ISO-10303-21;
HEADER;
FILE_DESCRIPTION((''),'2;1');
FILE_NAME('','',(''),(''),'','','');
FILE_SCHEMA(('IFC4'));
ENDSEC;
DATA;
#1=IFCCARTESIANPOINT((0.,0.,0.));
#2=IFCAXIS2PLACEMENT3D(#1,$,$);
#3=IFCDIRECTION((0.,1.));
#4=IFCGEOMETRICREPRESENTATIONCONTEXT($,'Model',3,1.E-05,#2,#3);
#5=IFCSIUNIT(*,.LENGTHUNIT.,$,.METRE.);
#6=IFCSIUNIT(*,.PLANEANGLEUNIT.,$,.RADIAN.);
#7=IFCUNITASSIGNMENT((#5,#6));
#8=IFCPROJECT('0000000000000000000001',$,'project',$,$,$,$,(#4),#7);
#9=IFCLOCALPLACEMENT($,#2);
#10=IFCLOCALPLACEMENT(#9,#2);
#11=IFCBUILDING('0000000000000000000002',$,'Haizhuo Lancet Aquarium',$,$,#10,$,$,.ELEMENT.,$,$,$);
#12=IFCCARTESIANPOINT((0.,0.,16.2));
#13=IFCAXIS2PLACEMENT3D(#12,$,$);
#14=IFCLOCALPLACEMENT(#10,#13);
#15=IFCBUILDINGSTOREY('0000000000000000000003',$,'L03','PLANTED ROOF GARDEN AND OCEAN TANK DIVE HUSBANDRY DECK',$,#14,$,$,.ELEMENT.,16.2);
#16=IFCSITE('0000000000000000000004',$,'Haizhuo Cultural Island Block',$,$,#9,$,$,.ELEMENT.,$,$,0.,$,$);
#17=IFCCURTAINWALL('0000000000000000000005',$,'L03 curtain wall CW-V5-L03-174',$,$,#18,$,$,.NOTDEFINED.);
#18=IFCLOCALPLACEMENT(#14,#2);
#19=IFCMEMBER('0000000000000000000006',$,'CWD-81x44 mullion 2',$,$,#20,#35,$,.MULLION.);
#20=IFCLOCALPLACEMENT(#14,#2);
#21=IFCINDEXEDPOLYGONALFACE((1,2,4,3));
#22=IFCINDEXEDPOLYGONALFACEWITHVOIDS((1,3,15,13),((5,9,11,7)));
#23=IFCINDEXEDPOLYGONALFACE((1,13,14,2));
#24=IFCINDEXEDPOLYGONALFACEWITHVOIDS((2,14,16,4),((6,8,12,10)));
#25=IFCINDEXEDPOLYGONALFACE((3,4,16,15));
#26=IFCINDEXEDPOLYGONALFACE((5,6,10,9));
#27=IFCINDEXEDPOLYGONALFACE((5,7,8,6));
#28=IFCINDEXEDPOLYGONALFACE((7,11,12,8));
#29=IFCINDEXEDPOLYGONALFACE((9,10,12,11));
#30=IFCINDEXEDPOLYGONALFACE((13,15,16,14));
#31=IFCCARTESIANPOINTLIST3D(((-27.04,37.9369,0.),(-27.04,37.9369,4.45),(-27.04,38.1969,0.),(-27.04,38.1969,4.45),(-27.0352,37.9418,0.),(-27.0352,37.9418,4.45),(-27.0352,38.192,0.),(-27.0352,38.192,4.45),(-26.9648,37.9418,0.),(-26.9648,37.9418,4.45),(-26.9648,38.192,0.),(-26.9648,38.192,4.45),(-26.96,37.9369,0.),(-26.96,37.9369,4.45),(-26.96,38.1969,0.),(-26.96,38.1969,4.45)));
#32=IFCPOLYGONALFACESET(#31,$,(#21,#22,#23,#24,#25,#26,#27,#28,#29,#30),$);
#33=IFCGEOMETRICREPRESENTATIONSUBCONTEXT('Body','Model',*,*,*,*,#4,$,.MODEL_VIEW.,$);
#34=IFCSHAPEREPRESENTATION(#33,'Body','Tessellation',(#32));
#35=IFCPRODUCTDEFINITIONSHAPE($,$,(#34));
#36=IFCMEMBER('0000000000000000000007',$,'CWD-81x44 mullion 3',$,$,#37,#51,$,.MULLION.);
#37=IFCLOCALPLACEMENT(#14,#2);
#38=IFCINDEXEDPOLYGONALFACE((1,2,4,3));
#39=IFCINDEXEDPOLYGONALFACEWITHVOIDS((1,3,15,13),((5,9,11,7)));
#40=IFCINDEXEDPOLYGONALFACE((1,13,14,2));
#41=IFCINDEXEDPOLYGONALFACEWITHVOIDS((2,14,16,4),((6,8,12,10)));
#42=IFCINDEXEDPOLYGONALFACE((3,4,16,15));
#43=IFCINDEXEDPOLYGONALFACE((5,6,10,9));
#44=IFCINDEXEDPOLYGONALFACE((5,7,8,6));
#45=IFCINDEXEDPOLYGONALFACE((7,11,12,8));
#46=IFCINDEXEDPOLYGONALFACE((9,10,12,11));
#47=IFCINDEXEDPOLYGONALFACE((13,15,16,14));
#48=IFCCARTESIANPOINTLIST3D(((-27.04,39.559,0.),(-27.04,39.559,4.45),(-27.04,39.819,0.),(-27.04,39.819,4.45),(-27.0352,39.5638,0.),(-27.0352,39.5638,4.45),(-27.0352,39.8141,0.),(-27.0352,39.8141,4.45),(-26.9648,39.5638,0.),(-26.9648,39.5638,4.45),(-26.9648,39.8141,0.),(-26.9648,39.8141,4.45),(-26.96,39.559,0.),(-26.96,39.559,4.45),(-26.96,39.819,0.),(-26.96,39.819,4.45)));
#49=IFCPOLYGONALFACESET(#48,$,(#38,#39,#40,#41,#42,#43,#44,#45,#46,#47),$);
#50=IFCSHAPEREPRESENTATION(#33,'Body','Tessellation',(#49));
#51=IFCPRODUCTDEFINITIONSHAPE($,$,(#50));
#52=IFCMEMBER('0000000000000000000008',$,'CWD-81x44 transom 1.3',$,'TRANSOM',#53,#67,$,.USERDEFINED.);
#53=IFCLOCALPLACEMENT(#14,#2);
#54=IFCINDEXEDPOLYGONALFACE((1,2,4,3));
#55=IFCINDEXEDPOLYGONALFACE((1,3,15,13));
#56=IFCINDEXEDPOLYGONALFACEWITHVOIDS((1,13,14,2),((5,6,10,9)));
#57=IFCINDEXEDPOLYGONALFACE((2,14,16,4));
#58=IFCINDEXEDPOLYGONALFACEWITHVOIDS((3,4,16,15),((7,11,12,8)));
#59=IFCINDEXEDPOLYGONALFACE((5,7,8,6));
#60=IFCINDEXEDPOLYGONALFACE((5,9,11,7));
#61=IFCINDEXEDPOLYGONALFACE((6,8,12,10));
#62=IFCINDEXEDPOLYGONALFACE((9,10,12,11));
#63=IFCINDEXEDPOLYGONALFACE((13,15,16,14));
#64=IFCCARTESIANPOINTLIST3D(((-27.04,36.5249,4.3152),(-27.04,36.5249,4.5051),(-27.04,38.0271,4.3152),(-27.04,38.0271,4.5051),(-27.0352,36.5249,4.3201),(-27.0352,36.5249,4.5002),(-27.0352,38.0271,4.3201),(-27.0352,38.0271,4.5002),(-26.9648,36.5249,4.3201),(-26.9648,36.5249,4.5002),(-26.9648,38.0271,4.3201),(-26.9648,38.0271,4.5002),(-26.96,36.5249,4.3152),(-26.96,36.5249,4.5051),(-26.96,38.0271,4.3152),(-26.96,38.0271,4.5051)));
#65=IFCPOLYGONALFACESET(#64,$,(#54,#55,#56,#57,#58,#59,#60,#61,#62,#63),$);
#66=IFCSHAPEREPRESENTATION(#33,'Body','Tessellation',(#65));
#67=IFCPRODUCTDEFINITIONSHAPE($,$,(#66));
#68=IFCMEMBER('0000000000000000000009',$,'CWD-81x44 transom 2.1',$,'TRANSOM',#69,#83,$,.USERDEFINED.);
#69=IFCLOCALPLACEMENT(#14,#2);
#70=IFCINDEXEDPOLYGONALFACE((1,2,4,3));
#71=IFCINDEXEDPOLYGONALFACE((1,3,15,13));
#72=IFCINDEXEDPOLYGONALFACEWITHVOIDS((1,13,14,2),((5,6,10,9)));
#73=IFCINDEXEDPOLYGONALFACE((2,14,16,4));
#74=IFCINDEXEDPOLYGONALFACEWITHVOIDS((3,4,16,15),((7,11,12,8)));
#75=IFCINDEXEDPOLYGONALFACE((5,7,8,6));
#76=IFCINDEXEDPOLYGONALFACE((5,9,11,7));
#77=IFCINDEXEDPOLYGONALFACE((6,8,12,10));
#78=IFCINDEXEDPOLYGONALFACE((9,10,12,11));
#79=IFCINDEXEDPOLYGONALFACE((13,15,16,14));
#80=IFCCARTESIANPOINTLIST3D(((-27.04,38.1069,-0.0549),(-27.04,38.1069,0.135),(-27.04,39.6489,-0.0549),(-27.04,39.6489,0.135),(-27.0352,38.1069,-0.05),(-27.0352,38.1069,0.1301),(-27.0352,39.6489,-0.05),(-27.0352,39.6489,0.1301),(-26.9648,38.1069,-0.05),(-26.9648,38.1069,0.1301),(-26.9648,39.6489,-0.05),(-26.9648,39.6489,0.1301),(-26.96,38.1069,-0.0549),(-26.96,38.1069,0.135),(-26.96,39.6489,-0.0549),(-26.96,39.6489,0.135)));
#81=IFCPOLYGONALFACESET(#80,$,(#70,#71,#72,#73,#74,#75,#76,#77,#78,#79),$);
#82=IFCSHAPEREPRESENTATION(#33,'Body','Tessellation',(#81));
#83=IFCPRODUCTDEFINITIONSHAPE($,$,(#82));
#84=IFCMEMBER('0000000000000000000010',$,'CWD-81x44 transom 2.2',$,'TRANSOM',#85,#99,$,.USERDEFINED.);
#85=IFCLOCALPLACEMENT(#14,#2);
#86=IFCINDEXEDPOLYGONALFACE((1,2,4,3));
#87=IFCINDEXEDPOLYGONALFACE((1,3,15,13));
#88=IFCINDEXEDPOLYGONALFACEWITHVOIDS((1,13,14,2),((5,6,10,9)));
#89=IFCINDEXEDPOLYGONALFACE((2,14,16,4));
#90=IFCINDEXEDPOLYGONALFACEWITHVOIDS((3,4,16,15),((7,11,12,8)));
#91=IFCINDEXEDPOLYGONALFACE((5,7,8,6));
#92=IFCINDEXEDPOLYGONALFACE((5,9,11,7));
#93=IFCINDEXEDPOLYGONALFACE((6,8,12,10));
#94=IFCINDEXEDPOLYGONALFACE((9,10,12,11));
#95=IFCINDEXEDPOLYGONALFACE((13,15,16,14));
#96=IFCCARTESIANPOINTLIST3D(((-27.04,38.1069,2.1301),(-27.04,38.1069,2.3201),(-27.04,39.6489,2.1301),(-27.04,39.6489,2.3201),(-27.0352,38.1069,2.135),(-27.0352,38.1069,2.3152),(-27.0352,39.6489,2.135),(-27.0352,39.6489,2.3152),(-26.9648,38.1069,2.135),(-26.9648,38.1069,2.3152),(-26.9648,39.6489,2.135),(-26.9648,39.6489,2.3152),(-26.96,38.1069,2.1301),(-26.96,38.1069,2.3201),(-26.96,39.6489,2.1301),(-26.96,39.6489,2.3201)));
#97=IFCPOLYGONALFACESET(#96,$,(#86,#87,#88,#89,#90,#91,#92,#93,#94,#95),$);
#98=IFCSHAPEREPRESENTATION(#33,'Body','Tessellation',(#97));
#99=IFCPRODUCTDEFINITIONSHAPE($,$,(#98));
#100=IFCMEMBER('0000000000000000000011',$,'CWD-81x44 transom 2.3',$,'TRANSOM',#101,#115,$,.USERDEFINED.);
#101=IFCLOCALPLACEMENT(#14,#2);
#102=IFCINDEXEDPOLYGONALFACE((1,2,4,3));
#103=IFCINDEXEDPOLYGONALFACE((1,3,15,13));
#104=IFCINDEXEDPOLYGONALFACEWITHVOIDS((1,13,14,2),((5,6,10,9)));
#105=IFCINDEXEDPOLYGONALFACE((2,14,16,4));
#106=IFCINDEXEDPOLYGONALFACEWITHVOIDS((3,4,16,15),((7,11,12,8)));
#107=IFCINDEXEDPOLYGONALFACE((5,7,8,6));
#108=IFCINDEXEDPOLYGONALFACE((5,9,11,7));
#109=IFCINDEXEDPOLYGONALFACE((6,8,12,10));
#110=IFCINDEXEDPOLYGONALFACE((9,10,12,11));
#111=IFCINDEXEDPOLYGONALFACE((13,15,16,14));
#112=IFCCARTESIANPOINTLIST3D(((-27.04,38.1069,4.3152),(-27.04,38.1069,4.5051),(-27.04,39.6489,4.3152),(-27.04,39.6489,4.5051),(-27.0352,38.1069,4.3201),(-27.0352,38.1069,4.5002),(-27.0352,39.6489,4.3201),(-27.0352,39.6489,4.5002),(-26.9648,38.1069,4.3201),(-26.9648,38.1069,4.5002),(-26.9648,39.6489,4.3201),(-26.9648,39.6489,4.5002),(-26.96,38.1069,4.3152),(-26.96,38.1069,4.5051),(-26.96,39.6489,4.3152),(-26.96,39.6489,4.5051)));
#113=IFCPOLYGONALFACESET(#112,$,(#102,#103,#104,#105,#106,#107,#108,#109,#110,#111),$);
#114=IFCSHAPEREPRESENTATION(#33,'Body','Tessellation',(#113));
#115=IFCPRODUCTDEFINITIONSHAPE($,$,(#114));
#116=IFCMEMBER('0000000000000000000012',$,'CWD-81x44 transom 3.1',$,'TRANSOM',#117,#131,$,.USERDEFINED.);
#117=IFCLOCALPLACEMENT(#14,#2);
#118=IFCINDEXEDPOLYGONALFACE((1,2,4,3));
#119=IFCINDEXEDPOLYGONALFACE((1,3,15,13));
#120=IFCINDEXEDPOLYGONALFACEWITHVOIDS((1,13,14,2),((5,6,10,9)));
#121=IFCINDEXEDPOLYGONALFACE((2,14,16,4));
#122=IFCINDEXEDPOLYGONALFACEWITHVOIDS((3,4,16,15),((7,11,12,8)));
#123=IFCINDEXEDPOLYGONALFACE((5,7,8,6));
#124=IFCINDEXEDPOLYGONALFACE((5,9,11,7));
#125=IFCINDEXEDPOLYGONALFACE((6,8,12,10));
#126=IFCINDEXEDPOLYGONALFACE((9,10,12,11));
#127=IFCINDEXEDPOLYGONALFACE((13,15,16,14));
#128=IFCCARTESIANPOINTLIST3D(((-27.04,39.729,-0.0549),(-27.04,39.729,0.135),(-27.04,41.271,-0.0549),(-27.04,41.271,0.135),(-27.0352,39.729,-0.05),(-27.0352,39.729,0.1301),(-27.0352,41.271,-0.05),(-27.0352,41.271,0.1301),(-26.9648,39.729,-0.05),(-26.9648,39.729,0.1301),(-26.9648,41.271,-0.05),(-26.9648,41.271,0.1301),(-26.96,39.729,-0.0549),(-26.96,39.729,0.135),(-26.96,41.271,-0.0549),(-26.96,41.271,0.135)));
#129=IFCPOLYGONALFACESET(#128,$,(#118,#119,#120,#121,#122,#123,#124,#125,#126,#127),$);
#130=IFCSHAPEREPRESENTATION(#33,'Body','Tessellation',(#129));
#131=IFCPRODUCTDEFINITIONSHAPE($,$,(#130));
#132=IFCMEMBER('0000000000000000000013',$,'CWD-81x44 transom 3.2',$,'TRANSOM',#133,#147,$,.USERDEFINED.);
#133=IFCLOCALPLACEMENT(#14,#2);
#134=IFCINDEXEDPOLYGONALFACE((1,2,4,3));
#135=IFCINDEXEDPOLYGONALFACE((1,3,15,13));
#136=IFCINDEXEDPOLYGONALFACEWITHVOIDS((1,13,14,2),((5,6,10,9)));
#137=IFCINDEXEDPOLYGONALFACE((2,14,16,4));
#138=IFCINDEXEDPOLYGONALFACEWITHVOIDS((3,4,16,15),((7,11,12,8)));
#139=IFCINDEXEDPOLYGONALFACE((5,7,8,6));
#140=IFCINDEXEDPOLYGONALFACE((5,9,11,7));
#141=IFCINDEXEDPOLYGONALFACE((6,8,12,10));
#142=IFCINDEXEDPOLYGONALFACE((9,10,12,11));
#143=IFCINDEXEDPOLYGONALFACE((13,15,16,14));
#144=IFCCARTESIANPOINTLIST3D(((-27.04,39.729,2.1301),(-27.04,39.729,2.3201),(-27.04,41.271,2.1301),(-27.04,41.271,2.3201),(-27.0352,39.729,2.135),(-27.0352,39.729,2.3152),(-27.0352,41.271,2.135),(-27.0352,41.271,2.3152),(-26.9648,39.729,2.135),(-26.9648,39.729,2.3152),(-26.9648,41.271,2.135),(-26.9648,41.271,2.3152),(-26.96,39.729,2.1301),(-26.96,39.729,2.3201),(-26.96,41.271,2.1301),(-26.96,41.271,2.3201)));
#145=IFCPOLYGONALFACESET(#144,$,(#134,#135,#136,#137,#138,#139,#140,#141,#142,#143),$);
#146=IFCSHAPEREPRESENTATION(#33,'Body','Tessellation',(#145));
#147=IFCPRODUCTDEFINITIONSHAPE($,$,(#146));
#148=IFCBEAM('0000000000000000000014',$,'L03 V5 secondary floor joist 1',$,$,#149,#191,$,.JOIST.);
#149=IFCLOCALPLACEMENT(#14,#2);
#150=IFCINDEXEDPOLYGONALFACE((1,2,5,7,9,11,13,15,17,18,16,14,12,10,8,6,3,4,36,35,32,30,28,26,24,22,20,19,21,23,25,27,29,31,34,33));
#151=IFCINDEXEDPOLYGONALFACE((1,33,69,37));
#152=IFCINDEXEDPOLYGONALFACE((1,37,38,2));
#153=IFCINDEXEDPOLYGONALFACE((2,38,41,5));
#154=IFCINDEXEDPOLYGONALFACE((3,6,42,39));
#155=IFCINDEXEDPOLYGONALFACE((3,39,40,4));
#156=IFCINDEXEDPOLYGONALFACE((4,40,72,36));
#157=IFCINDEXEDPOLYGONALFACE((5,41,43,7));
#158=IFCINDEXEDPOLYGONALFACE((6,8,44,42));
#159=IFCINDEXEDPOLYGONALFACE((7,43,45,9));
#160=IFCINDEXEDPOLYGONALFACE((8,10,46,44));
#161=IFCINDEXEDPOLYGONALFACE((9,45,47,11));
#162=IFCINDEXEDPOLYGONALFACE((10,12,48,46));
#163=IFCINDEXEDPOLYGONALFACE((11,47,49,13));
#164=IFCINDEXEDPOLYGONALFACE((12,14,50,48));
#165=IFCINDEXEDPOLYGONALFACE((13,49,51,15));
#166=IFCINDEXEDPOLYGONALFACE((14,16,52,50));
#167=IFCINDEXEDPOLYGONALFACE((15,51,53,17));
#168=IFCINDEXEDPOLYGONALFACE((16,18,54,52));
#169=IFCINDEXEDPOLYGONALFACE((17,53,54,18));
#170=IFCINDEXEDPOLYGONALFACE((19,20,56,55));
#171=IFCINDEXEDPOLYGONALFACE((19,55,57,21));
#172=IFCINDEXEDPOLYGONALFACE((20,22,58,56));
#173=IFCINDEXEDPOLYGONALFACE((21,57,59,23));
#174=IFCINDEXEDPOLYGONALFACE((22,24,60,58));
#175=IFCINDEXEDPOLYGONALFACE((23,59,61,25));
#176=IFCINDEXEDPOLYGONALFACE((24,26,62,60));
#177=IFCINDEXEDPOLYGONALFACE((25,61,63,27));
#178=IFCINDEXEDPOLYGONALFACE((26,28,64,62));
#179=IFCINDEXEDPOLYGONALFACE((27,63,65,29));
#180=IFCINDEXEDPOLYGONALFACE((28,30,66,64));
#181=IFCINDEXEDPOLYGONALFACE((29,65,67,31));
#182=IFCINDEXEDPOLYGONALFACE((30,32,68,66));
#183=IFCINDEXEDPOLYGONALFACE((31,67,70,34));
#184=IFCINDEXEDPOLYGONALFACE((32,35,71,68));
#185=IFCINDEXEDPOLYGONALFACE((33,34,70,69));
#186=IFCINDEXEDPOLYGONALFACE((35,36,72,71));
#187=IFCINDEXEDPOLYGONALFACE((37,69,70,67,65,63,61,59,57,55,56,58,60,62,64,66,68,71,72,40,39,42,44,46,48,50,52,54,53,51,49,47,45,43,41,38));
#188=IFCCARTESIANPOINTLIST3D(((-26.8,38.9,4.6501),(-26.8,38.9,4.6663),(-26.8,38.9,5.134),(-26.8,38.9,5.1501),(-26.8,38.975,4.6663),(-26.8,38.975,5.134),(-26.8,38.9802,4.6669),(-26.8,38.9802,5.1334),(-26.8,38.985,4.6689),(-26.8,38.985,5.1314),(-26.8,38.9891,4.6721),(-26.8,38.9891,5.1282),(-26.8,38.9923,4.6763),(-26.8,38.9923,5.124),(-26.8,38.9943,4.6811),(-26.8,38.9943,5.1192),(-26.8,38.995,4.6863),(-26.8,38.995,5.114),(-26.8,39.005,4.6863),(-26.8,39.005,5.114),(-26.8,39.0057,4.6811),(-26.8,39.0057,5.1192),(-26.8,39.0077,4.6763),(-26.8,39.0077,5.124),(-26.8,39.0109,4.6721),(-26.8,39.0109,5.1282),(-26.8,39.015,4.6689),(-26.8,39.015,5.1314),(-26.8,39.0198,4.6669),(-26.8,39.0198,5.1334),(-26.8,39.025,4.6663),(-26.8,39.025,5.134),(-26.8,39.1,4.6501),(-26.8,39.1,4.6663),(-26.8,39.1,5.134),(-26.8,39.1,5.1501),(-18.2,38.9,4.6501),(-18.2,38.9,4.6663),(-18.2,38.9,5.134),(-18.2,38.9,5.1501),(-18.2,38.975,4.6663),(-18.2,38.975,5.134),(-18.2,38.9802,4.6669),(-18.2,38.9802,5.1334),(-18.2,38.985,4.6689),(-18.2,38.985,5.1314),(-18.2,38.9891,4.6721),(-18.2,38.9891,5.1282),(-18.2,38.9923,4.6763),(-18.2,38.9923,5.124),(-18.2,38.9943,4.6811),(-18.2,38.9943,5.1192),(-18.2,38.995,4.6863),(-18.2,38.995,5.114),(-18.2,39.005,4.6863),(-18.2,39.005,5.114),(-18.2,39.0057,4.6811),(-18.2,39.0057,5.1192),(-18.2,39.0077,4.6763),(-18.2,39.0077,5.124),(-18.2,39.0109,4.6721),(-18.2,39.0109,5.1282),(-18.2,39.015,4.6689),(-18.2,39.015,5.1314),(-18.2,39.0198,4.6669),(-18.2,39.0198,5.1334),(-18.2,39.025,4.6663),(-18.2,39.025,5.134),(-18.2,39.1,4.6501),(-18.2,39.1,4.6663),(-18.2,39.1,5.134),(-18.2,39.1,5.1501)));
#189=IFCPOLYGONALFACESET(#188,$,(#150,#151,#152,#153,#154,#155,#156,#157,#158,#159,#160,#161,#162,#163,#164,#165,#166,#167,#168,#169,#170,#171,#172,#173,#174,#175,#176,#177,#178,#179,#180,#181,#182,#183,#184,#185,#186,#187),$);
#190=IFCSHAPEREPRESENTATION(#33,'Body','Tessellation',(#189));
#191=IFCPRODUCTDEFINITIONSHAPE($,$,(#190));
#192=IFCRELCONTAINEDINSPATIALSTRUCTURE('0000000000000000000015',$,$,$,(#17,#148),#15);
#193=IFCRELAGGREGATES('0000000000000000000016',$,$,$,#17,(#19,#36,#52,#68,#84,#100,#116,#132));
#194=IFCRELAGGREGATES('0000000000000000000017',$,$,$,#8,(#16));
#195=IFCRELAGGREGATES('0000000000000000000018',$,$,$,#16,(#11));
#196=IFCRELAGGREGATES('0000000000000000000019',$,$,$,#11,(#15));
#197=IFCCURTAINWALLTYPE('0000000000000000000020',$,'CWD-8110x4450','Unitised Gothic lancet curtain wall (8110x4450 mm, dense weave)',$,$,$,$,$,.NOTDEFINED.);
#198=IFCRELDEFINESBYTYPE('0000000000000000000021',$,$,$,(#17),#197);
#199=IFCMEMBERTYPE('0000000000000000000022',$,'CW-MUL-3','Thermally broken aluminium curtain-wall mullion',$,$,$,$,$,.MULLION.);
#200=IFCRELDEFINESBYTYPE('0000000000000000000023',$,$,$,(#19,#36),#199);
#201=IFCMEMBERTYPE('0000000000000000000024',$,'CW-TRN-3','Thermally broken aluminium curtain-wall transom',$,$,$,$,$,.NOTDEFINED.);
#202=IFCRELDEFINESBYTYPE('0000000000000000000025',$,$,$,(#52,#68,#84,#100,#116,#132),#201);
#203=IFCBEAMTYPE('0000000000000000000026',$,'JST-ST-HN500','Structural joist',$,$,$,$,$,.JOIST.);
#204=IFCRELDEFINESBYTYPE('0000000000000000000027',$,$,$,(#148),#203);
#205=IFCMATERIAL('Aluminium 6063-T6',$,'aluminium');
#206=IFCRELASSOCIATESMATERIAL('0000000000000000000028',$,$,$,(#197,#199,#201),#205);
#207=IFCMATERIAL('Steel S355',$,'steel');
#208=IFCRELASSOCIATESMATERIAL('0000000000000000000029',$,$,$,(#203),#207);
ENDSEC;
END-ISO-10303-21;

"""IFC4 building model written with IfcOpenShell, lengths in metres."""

from ifc_helpers import new_model, si_unit, direction, frame, origin, origin_2d, place, context, subcontext, project, spatial, hollow_rectangle, i_section, extrude, material, material_profile, profile_set, type_object, element, aggregate, save


model = new_model("IFC4")

# Units and contexts
model_context = context("Model", 3, precision=1e-05, world=origin(), true_north=direction((0.0, 1.0)))
body_context = subcontext(model_context, "Body", "Model", "MODEL_VIEW")
ifc_project = project(units=[si_unit("LENGTHUNIT", "METRE"), si_unit("PLANEANGLEUNIT", "RADIAN")], contexts=[model_context])

# Site, building, storey
site_placement = place(None, origin())
site = spatial("IfcSite", under=ifc_project, at=site_placement, Name="Haizhuo Cultural Island Block", CompositionType="ELEMENT", RefElevation=0.0)
building_placement = place(site_placement, origin())
building = spatial("IfcBuilding", under=site, at=building_placement, Name="Haizhuo Lancet Aquarium", CompositionType="ELEMENT")
storey_placement = place(building_placement, frame((0.0, 0.0, 16.2)))
storey = spatial("IfcBuildingStorey", under=building, at=storey_placement, Name="L03", Description="PLANTED ROOF GARDEN AND OCEAN TANK DIVE HUSBANDRY DECK", CompositionType="ELEMENT", Elevation=16.2)

# Curtain wall, members
ifc_material_1 = material(Name="Aluminium 6063-T6", Category="aluminium")
curtain_wall_type = type_object("IfcCurtainWallType", Name="CWD-8110x4450", Description="Unitised Gothic lancet curtain wall (8110x4450 mm, dense weave)", PredefinedType="NOTDEFINED", material=ifc_material_1)
curtain_wall_placement = place(storey_placement, origin())
curtain_wall = element("IfcCurtainWall", 1, at=curtain_wall_placement, inside=storey, type_object=curtain_wall_type, Name="L03 curtain wall CW-V5-L03-174", PredefinedType="NOTDEFINED")
ifc_material_profile_1 = material_profile(ifc_material_1, hollow_rectangle(XDim=0.0801, YDim=0.26, WallThickness=0.0049, at=origin_2d()), Name="ALU-M 80x260x5")
ifc_profile_set_1 = profile_set([ifc_material_profile_1], Name="Aluminium 6063-T6")
member_type_1 = type_object("IfcMemberType", Name="CW-MUL-3", Description="Thermally broken aluminium curtain-wall mullion", PredefinedType="MULLION", material=ifc_profile_set_1)
member_1_placement = place(storey_placement, frame((-27.0, 38.0669, 0.0), z_axis=(0.0, 0.0, 1.0), x_axis=(-1.0, 0.0, 0.0)))
member_1 = element("IfcMember", 2, at=member_1_placement, type_object=member_type_1, Name="CWD-81x44 mullion 2", PredefinedType="MULLION", context=body_context, shape_type="SweptSolid", body=[
    extrude(hollow_rectangle(XDim=0.0801, YDim=0.26, WallThickness=0.0049, at=origin_2d()), origin(), (0.0, 0.0, 1.0), 4.45),
])
member_2_placement = place(storey_placement, frame((-27.0, 39.689, 0.0), z_axis=(0.0, 0.0, 1.0), x_axis=(-1.0, 0.0, 0.0)))
member_2 = element("IfcMember", 3, at=member_2_placement, type_object=member_type_1, Name="CWD-81x44 mullion 3", PredefinedType="MULLION", context=body_context, shape_type="SweptSolid", body=[
    extrude(hollow_rectangle(XDim=0.0801, YDim=0.26, WallThickness=0.0049, at=origin_2d()), origin(), (0.0, 0.0, 1.0), 4.45),
])
ifc_material_profile_2 = material_profile(ifc_material_1, hollow_rectangle(XDim=0.0801, YDim=0.1899, WallThickness=0.0049, at=origin_2d()), Name="ALU-T 80x190x5")
ifc_profile_set_2 = profile_set([ifc_material_profile_2], Name="Aluminium 6063-T6")
member_type_2 = type_object("IfcMemberType", Name="CW-TRN-3", Description="Thermally broken aluminium curtain-wall transom", PredefinedType="NOTDEFINED", material=ifc_profile_set_2)
member_3_placement = place(storey_placement, frame((-27.0, 36.5249, 4.4102), z_axis=(0.0, 1.0, 0.0), x_axis=(-1.0, 0.0, 0.0)))
member_3 = element("IfcMember", 4, at=member_3_placement, type_object=member_type_2, Name="CWD-81x44 transom 1.3", ObjectType="TRANSOM", PredefinedType="USERDEFINED", context=body_context, shape_type="SweptSolid", body=[
    extrude(hollow_rectangle(XDim=0.0801, YDim=0.1899, WallThickness=0.0049, at=origin_2d()), origin(), (0.0, 0.0, 1.0), 1.5022),
])
member_4_placement = place(storey_placement, frame((-27.0, 38.1069, 0.04), z_axis=(0.0, 1.0, 0.0), x_axis=(-1.0, 0.0, 0.0)))
member_4 = element("IfcMember", 5, at=member_4_placement, type_object=member_type_2, Name="CWD-81x44 transom 2.1", ObjectType="TRANSOM", PredefinedType="USERDEFINED", context=body_context, shape_type="SweptSolid", body=[
    extrude(hollow_rectangle(XDim=0.0801, YDim=0.1899, WallThickness=0.0049, at=origin_2d()), origin(), (0.0, 0.0, 1.0), 1.542),
])
member_5_placement = place(storey_placement, frame((-27.0, 38.1069, 2.2251), z_axis=(0.0, 1.0, 0.0), x_axis=(-1.0, 0.0, 0.0)))
member_5 = element("IfcMember", 6, at=member_5_placement, type_object=member_type_2, Name="CWD-81x44 transom 2.2", ObjectType="TRANSOM", PredefinedType="USERDEFINED", context=body_context, shape_type="SweptSolid", body=[
    extrude(hollow_rectangle(XDim=0.0801, YDim=0.1899, WallThickness=0.0049, at=origin_2d()), origin(), (0.0, 0.0, 1.0), 1.542),
])
member_6_placement = place(storey_placement, frame((-27.0, 38.1069, 4.4102), z_axis=(0.0, 1.0, 0.0), x_axis=(-1.0, 0.0, 0.0)))
member_6 = element("IfcMember", 7, at=member_6_placement, type_object=member_type_2, Name="CWD-81x44 transom 2.3", ObjectType="TRANSOM", PredefinedType="USERDEFINED", context=body_context, shape_type="SweptSolid", body=[
    extrude(hollow_rectangle(XDim=0.0801, YDim=0.1899, WallThickness=0.0049, at=origin_2d()), origin(), (0.0, 0.0, 1.0), 1.542),
])
member_7_placement = place(storey_placement, frame((-27.0, 39.729, 0.04), z_axis=(0.0, 1.0, 0.0), x_axis=(-1.0, 0.0, 0.0)))
member_7 = element("IfcMember", 8, at=member_7_placement, type_object=member_type_2, Name="CWD-81x44 transom 3.1", ObjectType="TRANSOM", PredefinedType="USERDEFINED", context=body_context, shape_type="SweptSolid", body=[
    extrude(hollow_rectangle(XDim=0.0801, YDim=0.1899, WallThickness=0.0049, at=origin_2d()), origin(), (0.0, 0.0, 1.0), 1.542),
])
member_8_placement = place(storey_placement, frame((-27.0, 39.729, 2.2251), z_axis=(0.0, 1.0, 0.0), x_axis=(-1.0, 0.0, 0.0)))
member_8 = element("IfcMember", 9, at=member_8_placement, type_object=member_type_2, Name="CWD-81x44 transom 3.2", ObjectType="TRANSOM", PredefinedType="USERDEFINED", context=body_context, shape_type="SweptSolid", body=[
    extrude(hollow_rectangle(XDim=0.0801, YDim=0.1899, WallThickness=0.0049, at=origin_2d()), origin(), (0.0, 0.0, 1.0), 1.542),
])

# Beam
ifc_material_2 = material(Name="Steel S355", Category="steel")
ifc_material_profile_3 = material_profile(ifc_material_2, i_section(OverallWidth=0.2, OverallDepth=0.5, WebThickness=0.01, FlangeThickness=0.0161, FilletRadius=0.02, at=origin_2d()), Name="HN 500x200x10x16")
ifc_profile_set_3 = profile_set([ifc_material_profile_3], Name="Steel S355")
beam_type = type_object("IfcBeamType", Name="JST-ST-HN500", Description="Structural joist", PredefinedType="JOIST", material=ifc_profile_set_3)
beam_placement = place(storey_placement, frame((-26.8, 39.0, 4.9001), z_axis=(1.0, 0.0, 0.0), x_axis=(0.0, 1.0, 0.0)))
element("IfcBeam", 10, at=beam_placement, inside=storey, type_object=beam_type, Name="L03 V5 secondary floor joist 1", PredefinedType="JOIST", context=body_context, shape_type="SweptSolid", body=[
    extrude(i_section(OverallWidth=0.2, OverallDepth=0.5, WebThickness=0.01, FlangeThickness=0.0161, FilletRadius=0.02, at=origin_2d()), origin(), (0.0, 0.0, 1.0), 8.6001),
])

aggregate(curtain_wall, [member_1, member_2, member_3, member_4, member_5, member_6, member_7, member_8])

save(model, "model.ifc")
